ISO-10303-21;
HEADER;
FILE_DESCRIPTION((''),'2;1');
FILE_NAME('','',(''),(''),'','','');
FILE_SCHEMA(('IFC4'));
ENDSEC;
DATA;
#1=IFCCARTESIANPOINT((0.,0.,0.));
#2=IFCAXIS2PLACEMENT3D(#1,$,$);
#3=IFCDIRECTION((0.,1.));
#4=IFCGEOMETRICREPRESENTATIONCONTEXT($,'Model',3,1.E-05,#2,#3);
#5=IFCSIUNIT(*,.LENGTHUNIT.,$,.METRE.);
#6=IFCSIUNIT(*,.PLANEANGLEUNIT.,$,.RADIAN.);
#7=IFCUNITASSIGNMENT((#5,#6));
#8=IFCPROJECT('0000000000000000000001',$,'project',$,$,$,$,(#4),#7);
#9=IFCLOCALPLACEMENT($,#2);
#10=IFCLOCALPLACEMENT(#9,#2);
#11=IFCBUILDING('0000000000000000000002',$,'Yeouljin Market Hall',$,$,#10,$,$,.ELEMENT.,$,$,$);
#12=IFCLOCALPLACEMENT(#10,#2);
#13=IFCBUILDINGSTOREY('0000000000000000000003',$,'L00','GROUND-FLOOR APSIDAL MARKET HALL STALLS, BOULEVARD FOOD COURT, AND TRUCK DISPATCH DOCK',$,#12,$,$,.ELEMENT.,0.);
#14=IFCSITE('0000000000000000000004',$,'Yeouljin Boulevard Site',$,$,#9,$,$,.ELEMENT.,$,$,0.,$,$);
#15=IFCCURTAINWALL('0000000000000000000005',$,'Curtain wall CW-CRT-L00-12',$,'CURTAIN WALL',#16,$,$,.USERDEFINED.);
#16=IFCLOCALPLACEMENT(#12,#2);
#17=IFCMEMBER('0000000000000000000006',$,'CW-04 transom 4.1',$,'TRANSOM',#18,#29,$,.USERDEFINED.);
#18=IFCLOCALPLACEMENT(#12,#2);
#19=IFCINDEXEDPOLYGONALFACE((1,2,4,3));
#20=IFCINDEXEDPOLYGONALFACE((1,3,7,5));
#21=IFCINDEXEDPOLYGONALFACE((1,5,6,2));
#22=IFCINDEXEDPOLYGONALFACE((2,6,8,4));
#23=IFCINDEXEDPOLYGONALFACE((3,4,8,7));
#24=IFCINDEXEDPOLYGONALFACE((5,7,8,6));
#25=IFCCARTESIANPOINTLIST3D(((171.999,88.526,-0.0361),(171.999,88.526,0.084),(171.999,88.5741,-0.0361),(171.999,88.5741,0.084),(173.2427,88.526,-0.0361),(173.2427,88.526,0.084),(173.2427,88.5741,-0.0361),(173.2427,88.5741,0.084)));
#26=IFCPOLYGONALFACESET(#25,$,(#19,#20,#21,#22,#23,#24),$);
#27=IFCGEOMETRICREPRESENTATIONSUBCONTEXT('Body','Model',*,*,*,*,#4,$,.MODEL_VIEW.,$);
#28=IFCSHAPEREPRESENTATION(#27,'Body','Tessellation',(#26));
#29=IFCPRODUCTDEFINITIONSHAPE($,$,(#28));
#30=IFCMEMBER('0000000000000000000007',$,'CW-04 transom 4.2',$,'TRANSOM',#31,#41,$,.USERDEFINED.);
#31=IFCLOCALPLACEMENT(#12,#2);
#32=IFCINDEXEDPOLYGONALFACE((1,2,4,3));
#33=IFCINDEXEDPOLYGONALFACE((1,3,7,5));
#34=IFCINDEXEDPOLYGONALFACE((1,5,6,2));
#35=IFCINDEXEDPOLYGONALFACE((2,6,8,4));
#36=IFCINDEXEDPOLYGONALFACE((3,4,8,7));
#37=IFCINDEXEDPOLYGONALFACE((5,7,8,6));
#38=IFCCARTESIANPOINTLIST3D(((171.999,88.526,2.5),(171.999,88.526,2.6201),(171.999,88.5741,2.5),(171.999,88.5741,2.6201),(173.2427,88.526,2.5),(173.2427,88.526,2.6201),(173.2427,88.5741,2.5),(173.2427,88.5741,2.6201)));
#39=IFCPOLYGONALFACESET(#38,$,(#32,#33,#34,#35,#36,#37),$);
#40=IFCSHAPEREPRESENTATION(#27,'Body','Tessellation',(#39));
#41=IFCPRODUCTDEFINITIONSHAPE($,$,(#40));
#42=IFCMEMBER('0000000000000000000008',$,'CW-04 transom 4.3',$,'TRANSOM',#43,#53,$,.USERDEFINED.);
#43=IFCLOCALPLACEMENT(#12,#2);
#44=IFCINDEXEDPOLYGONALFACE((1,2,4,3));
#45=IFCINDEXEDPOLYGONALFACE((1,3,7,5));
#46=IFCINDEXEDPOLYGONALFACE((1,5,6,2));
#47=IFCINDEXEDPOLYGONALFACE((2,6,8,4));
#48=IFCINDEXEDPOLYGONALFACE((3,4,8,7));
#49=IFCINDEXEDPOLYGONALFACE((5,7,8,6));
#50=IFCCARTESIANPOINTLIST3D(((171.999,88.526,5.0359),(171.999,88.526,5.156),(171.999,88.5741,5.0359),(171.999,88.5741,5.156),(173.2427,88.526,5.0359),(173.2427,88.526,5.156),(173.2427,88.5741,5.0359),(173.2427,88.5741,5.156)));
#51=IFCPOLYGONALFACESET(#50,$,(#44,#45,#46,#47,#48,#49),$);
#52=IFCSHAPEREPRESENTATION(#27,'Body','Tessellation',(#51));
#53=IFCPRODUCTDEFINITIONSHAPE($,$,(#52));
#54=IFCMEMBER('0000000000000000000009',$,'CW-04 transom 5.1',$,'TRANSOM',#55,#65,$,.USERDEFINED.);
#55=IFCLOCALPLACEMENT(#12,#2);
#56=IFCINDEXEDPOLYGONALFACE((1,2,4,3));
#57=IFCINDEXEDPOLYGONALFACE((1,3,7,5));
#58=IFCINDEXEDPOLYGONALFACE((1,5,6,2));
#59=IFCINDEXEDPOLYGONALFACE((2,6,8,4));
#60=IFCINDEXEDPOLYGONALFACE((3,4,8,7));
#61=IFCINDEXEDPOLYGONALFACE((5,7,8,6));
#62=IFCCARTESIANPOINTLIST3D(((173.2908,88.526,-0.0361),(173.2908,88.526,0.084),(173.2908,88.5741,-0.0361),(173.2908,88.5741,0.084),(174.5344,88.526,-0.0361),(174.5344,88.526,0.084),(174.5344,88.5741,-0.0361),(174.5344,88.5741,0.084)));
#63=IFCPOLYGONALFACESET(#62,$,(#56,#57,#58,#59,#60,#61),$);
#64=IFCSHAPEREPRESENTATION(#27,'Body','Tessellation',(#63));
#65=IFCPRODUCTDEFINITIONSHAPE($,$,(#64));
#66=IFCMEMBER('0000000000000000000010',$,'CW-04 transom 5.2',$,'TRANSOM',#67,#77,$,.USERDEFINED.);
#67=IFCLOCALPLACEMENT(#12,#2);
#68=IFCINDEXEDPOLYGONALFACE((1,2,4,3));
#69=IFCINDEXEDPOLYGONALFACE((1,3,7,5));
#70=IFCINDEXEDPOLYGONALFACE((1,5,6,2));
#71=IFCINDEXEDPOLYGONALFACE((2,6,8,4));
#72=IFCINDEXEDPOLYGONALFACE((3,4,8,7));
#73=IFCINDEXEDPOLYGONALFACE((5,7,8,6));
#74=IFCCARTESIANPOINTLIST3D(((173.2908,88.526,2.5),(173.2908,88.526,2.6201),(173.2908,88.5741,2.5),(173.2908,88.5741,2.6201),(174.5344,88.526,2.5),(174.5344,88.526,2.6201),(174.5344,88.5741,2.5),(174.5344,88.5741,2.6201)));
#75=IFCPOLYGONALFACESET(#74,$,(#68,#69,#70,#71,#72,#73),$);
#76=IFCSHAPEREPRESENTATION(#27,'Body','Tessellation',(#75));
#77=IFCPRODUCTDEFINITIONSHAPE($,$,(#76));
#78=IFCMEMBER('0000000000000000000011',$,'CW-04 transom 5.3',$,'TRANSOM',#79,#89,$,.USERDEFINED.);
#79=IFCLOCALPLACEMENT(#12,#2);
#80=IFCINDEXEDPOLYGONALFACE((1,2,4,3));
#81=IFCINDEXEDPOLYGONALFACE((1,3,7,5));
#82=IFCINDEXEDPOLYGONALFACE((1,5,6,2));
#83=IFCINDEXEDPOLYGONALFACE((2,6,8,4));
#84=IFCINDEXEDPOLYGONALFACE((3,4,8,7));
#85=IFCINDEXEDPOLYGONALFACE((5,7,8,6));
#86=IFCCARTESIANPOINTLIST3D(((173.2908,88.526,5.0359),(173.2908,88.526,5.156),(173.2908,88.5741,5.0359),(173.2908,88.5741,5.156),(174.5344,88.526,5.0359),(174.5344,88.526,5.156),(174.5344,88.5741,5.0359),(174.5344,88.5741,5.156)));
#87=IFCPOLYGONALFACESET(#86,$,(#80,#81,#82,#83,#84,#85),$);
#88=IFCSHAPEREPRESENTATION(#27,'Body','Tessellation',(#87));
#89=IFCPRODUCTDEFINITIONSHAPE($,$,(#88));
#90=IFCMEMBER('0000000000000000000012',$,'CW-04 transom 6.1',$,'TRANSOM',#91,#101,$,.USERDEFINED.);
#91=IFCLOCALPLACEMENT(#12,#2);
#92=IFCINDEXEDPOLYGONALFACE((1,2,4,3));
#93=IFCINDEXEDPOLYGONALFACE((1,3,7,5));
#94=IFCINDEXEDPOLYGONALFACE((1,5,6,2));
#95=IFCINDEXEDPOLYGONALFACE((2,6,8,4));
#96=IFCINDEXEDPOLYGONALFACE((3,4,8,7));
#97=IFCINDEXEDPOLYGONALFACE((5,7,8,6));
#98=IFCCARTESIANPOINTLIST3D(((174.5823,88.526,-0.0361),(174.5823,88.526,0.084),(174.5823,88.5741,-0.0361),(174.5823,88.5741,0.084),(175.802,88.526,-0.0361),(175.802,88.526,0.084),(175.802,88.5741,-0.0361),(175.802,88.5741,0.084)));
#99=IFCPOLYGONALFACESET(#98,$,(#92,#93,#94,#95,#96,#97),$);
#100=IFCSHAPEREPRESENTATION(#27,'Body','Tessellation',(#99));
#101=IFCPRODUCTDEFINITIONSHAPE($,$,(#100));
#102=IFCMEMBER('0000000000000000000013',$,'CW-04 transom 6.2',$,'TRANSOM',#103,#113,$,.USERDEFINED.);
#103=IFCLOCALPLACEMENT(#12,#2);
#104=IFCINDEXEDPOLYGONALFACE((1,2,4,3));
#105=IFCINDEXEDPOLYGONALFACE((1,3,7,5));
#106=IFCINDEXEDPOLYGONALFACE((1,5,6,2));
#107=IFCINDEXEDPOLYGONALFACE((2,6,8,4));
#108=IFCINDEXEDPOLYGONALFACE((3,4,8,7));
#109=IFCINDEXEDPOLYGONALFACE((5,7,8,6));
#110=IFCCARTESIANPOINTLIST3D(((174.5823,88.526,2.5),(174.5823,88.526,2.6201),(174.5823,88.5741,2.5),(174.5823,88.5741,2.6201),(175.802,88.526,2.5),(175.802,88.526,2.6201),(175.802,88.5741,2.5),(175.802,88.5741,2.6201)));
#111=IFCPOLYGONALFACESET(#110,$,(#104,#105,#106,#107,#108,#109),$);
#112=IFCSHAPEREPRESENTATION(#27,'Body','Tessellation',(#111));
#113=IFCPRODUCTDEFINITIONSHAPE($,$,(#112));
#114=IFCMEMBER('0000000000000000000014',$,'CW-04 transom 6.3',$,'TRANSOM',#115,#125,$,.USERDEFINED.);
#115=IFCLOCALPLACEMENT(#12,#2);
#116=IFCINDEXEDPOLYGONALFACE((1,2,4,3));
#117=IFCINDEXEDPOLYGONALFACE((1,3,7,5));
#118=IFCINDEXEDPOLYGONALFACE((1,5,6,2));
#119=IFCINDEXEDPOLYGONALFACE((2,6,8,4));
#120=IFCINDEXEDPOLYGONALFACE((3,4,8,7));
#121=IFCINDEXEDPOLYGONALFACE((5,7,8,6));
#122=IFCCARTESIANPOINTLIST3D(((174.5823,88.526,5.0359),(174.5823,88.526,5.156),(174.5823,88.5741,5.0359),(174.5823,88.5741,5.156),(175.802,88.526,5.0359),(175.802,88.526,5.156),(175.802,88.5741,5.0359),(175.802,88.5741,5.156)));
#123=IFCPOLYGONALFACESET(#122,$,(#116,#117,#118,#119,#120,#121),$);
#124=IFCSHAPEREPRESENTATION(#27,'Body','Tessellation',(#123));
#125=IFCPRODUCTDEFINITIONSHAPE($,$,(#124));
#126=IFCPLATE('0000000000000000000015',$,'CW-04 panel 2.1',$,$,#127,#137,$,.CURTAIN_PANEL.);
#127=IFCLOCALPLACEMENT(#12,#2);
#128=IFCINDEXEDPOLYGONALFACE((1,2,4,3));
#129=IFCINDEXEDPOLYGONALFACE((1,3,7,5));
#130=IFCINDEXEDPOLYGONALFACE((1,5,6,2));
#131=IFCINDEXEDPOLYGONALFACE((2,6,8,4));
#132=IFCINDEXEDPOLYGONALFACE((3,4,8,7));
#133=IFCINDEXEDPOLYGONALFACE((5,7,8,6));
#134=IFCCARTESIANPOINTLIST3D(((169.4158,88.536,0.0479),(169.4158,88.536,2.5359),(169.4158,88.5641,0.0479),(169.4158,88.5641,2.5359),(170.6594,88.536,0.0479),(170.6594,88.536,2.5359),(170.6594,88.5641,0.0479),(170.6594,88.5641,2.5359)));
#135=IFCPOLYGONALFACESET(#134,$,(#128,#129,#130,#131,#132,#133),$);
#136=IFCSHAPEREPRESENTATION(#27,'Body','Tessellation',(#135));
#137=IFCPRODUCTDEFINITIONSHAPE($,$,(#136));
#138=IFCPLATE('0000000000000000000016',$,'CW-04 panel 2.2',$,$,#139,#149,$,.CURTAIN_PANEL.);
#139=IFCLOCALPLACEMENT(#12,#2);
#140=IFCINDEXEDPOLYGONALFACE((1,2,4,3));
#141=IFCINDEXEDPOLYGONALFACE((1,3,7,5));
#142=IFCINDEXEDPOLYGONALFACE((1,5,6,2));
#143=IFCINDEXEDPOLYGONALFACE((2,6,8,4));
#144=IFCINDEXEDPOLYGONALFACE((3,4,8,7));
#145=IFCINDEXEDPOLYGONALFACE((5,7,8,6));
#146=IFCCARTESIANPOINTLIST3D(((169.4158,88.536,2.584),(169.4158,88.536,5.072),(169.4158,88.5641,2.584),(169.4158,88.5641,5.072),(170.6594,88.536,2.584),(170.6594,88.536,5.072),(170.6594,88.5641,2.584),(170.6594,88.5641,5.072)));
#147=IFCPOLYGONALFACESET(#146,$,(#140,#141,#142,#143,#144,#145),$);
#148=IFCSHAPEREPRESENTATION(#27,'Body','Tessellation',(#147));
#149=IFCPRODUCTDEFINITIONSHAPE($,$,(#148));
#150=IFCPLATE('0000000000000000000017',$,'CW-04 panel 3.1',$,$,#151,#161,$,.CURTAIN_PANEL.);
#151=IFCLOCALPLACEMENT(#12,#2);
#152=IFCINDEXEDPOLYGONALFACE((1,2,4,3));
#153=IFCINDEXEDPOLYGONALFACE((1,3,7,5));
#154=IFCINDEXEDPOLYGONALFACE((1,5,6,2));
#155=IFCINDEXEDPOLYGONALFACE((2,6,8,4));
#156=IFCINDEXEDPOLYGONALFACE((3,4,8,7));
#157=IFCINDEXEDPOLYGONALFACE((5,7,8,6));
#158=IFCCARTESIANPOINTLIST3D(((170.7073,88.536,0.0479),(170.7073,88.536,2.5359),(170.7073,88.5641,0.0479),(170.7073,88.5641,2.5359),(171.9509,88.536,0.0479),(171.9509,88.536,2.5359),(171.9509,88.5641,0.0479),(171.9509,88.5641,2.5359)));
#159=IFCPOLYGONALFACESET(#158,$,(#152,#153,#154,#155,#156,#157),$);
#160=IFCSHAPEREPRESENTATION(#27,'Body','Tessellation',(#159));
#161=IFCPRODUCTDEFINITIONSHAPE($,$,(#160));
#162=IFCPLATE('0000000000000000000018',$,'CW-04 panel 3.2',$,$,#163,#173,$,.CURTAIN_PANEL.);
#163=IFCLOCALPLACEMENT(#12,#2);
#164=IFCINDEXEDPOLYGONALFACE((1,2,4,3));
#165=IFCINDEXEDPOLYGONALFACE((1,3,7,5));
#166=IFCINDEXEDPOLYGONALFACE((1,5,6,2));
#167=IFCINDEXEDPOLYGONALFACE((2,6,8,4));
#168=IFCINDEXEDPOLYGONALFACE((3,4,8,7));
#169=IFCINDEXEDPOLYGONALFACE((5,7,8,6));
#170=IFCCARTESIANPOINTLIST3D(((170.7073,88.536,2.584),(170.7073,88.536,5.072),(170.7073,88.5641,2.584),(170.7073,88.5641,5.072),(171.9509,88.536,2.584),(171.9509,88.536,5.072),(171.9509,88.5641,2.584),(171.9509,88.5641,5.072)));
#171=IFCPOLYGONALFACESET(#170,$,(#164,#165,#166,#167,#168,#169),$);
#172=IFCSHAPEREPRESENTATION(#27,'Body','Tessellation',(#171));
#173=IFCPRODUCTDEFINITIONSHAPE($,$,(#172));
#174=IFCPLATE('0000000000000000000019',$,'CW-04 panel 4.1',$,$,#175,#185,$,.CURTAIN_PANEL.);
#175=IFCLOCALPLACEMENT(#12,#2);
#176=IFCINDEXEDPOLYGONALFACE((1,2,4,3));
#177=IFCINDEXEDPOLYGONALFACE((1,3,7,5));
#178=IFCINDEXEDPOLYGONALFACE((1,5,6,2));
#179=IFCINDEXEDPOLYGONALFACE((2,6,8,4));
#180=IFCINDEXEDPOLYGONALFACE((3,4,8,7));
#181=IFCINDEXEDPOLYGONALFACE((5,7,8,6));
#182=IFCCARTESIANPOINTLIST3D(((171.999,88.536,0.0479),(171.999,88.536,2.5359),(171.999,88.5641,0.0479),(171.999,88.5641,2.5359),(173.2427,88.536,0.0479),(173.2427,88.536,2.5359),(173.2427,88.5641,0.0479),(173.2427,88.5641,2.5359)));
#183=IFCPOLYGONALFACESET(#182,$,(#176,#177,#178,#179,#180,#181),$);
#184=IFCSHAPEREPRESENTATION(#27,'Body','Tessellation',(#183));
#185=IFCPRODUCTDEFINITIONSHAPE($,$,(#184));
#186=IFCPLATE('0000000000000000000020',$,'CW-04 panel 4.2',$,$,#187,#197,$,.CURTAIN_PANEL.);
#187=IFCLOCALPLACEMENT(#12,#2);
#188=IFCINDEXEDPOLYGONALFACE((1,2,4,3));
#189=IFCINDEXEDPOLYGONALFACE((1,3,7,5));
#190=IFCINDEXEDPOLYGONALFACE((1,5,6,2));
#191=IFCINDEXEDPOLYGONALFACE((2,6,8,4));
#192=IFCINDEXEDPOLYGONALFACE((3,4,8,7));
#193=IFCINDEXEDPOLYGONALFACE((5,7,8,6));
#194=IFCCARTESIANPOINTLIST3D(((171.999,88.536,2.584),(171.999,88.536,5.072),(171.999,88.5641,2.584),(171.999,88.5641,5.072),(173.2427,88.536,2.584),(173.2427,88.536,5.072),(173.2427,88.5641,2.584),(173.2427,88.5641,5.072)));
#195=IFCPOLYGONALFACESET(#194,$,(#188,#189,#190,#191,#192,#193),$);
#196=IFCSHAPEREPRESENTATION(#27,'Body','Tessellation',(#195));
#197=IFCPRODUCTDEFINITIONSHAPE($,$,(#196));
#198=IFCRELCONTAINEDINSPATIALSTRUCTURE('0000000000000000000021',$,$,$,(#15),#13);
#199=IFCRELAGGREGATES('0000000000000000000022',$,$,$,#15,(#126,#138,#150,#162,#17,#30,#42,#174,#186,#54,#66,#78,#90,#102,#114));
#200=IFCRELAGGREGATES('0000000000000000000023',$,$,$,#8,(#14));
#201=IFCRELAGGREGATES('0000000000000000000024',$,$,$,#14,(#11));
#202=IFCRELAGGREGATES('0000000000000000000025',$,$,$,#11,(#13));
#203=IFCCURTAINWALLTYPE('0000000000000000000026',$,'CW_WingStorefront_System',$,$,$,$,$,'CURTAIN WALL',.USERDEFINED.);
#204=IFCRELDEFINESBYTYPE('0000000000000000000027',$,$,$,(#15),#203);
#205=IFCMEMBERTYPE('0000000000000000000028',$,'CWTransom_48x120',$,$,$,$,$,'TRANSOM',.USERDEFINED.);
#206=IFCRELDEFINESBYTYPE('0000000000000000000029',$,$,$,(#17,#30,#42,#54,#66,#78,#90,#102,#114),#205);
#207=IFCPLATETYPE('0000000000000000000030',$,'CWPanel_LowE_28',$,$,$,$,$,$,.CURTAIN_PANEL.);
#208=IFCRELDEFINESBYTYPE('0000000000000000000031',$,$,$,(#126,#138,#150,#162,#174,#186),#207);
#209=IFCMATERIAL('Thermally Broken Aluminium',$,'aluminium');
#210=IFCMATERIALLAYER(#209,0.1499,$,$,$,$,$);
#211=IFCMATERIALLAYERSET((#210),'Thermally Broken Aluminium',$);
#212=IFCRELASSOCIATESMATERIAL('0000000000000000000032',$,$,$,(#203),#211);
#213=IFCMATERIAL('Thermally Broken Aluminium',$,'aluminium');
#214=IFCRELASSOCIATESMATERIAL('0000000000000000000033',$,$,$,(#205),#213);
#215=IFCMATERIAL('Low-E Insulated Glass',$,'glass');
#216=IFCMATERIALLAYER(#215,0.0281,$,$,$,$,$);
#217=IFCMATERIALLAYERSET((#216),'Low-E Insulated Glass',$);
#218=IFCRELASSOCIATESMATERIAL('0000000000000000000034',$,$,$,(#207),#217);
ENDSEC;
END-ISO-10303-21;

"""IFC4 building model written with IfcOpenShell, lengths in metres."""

from ifc_helpers import new_model, si_unit, direction, frame, origin, origin_2d, place, context, subcontext, project, spatial, rectangle, extrude, material, layer, layer_set, material_profile, profile_set, type_object, element, aggregate, save


model = new_model("IFC4")

# Units and contexts
model_context = context("Model", 3, precision=1e-05, world=origin(), true_north=direction((0.0, 1.0)))
body_context = subcontext(model_context, "Body", "Model", "MODEL_VIEW")
ifc_project = project(units=[si_unit("LENGTHUNIT", "METRE"), si_unit("PLANEANGLEUNIT", "RADIAN")], contexts=[model_context])

# Site, building, storey
site_placement = place(None, origin())
site = spatial("IfcSite", under=ifc_project, at=site_placement, Name="Yeouljin Boulevard Site", CompositionType="ELEMENT", RefElevation=0.0)
building_placement = place(site_placement, origin())
building = spatial("IfcBuilding", under=site, at=building_placement, Name="Yeouljin Market Hall", CompositionType="ELEMENT")
storey_placement = place(building_placement, origin())
storey = spatial("IfcBuildingStorey", under=building, at=storey_placement, Name="L00", Description="GROUND-FLOOR APSIDAL MARKET HALL STALLS, BOULEVARD FOOD COURT, AND TRUCK DISPATCH DOCK", CompositionType="ELEMENT", Elevation=0.0)

# Curtain wall, members, plates
ifc_material_1 = material(Name="Thermally Broken Aluminium", Category="aluminium")
ifc_layer_1 = layer(ifc_material_1, 0.1499)
ifc_layer_set_1 = layer_set([ifc_layer_1], Name="Thermally Broken Aluminium")
curtain_wall_type = type_object("IfcCurtainWallType", Name="CW_WingStorefront_System", ElementType="CURTAIN WALL", PredefinedType="USERDEFINED", material=ifc_layer_set_1)
curtain_wall_placement = place(storey_placement, origin())
curtain_wall = element("IfcCurtainWall", 1, at=curtain_wall_placement, inside=storey, type_object=curtain_wall_type, Name="Curtain wall CW-CRT-L00-12", ObjectType="CURTAIN WALL", PredefinedType="USERDEFINED")
ifc_material_2 = material(Name="Thermally Broken Aluminium", Category="aluminium")
ifc_material_profile_1 = material_profile(ifc_material_2, rectangle(XDim=0.0481, YDim=0.1201, at=origin_2d()), Name="CW-TRAN-48x120")
ifc_profile_set_1 = profile_set([ifc_material_profile_1], Name="Thermally Broken Aluminium")
member_type_1 = type_object("IfcMemberType", Name="CWTransom_48x120", ElementType="TRANSOM", PredefinedType="USERDEFINED", material=ifc_profile_set_1)
member_1_placement = place(storey_placement, frame((171.999, 88.55, 0.0239), z_axis=(1.0, 0.0, 0.0), x_axis=(0.0, 1.0, 0.0)))
member_1 = element("IfcMember", 2, at=member_1_placement, type_object=member_type_1, Name="CW-04 transom 4.1", ObjectType="TRANSOM", PredefinedType="USERDEFINED", context=body_context, shape_type="SweptSolid", body=[
    extrude(rectangle(XDim=0.0481, YDim=0.1201, at=origin_2d()), origin(), (0.0, 0.0, 1.0), 1.2437),
])
member_2_placement = place(storey_placement, frame((171.999, 88.55, 2.5601), z_axis=(1.0, 0.0, 0.0), x_axis=(0.0, 1.0, 0.0)))
member_2 = element("IfcMember", 3, at=member_2_placement, type_object=member_type_1, Name="CW-04 transom 4.2", ObjectType="TRANSOM", PredefinedType="USERDEFINED", context=body_context, shape_type="SweptSolid", body=[
    extrude(rectangle(XDim=0.0481, YDim=0.1201, at=origin_2d()), origin(), (0.0, 0.0, 1.0), 1.2437),
])
member_3_placement = place(storey_placement, frame((171.999, 88.55, 5.0959), z_axis=(1.0, 0.0, 0.0), x_axis=(0.0, 1.0, 0.0)))
member_3 = element("IfcMember", 4, at=member_3_placement, type_object=member_type_1, Name="CW-04 transom 4.3", ObjectType="TRANSOM", PredefinedType="USERDEFINED", context=body_context, shape_type="SweptSolid", body=[
    extrude(rectangle(XDim=0.0481, YDim=0.1201, at=origin_2d()), origin(), (0.0, 0.0, 1.0), 1.2437),
])
member_4_placement = place(storey_placement, frame((173.2908, 88.55, 0.0239), z_axis=(1.0, 0.0, 0.0), x_axis=(0.0, 1.0, 0.0)))
member_4 = element("IfcMember", 5, at=member_4_placement, type_object=member_type_1, Name="CW-04 transom 5.1", ObjectType="TRANSOM", PredefinedType="USERDEFINED", context=body_context, shape_type="SweptSolid", body=[
    extrude(rectangle(XDim=0.0481, YDim=0.1201, at=origin_2d()), origin(), (0.0, 0.0, 1.0), 1.2437),
])
member_5_placement = place(storey_placement, frame((173.2908, 88.55, 2.5601), z_axis=(1.0, 0.0, 0.0), x_axis=(0.0, 1.0, 0.0)))
member_5 = element("IfcMember", 6, at=member_5_placement, type_object=member_type_1, Name="CW-04 transom 5.2", ObjectType="TRANSOM", PredefinedType="USERDEFINED", context=body_context, shape_type="SweptSolid", body=[
    extrude(rectangle(XDim=0.0481, YDim=0.1201, at=origin_2d()), origin(), (0.0, 0.0, 1.0), 1.2437),
])
member_6_placement = place(storey_placement, frame((173.2908, 88.55, 5.0959), z_axis=(1.0, 0.0, 0.0), x_axis=(0.0, 1.0, 0.0)))
member_6 = element("IfcMember", 7, at=member_6_placement, type_object=member_type_1, Name="CW-04 transom 5.3", ObjectType="TRANSOM", PredefinedType="USERDEFINED", context=body_context, shape_type="SweptSolid", body=[
    extrude(rectangle(XDim=0.0481, YDim=0.1201, at=origin_2d()), origin(), (0.0, 0.0, 1.0), 1.2437),
])
member_7_placement = place(storey_placement, frame((174.5823, 88.55, 0.0239), z_axis=(1.0, 0.0, 0.0), x_axis=(0.0, 1.0, 0.0)))
member_7 = element("IfcMember", 8, at=member_7_placement, type_object=member_type_1, Name="CW-04 transom 6.1", ObjectType="TRANSOM", PredefinedType="USERDEFINED", context=body_context, shape_type="SweptSolid", body=[
    extrude(rectangle(XDim=0.0481, YDim=0.1201, at=origin_2d()), origin(), (0.0, 0.0, 1.0), 1.2197),
])
member_8_placement = place(storey_placement, frame((174.5823, 88.55, 2.5601), z_axis=(1.0, 0.0, 0.0), x_axis=(0.0, 1.0, 0.0)))
member_8 = element("IfcMember", 9, at=member_8_placement, type_object=member_type_1, Name="CW-04 transom 6.2", ObjectType="TRANSOM", PredefinedType="USERDEFINED", context=body_context, shape_type="SweptSolid", body=[
    extrude(rectangle(XDim=0.0481, YDim=0.1201, at=origin_2d()), origin(), (0.0, 0.0, 1.0), 1.2197),
])
member_9_placement = place(storey_placement, frame((174.5823, 88.55, 5.0959), z_axis=(1.0, 0.0, 0.0), x_axis=(0.0, 1.0, 0.0)))
member_9 = element("IfcMember", 10, at=member_9_placement, type_object=member_type_1, Name="CW-04 transom 6.3", ObjectType="TRANSOM", PredefinedType="USERDEFINED", context=body_context, shape_type="SweptSolid", body=[
    extrude(rectangle(XDim=0.0481, YDim=0.1201, at=origin_2d()), origin(), (0.0, 0.0, 1.0), 1.2197),
])
ifc_material_3 = material(Name="Low-E Insulated Glass", Category="glass")
ifc_layer_2 = layer(ifc_material_3, 0.0281)
ifc_layer_set_2 = layer_set([ifc_layer_2], Name="Low-E Insulated Glass")
plate_type = type_object("IfcPlateType", Name="CWPanel_LowE_28", PredefinedType="CURTAIN_PANEL", material=ifc_layer_set_2)
plate_1_placement = place(storey_placement, frame((170.0376, 88.55, 0.0479), z_axis=(0.0, 0.0, 1.0), x_axis=(1.0, 0.0, 0.0)))
plate_1 = element("IfcPlate", 11, at=plate_1_placement, type_object=plate_type, Name="CW-04 panel 2.1", PredefinedType="CURTAIN_PANEL", context=body_context, shape_type="SweptSolid", body=[
    extrude(rectangle(XDim=1.2437, YDim=0.0281, at=origin_2d()), origin(), (0.0, 0.0, 1.0), 2.488),
])
plate_2_placement = place(storey_placement, frame((170.0376, 88.55, 2.584), z_axis=(0.0, 0.0, 1.0), x_axis=(1.0, 0.0, 0.0)))
plate_2 = element("IfcPlate", 12, at=plate_2_placement, type_object=plate_type, Name="CW-04 panel 2.2", PredefinedType="CURTAIN_PANEL", context=body_context, shape_type="SweptSolid", body=[
    extrude(rectangle(XDim=1.2437, YDim=0.0281, at=origin_2d()), origin(), (0.0, 0.0, 1.0), 2.488),
])
plate_3_placement = place(storey_placement, frame((171.3291, 88.55, 0.0479), z_axis=(0.0, 0.0, 1.0), x_axis=(1.0, 0.0, 0.0)))
plate_3 = element("IfcPlate", 13, at=plate_3_placement, type_object=plate_type, Name="CW-04 panel 3.1", PredefinedType="CURTAIN_PANEL", context=body_context, shape_type="SweptSolid", body=[
    extrude(rectangle(XDim=1.2437, YDim=0.0281, at=origin_2d()), origin(), (0.0, 0.0, 1.0), 2.488),
])
plate_4_placement = place(storey_placement, frame((171.3291, 88.55, 2.584), z_axis=(0.0, 0.0, 1.0), x_axis=(1.0, 0.0, 0.0)))
plate_4 = element("IfcPlate", 14, at=plate_4_placement, type_object=plate_type, Name="CW-04 panel 3.2", PredefinedType="CURTAIN_PANEL", context=body_context, shape_type="SweptSolid", body=[
    extrude(rectangle(XDim=1.2437, YDim=0.0281, at=origin_2d()), origin(), (0.0, 0.0, 1.0), 2.488),
])
plate_5_placement = place(storey_placement, frame((172.6208, 88.55, 0.0479), z_axis=(0.0, 0.0, 1.0), x_axis=(1.0, 0.0, 0.0)))
plate_5 = element("IfcPlate", 15, at=plate_5_placement, type_object=plate_type, Name="CW-04 panel 4.1", PredefinedType="CURTAIN_PANEL", context=body_context, shape_type="SweptSolid", body=[
    extrude(rectangle(XDim=1.2437, YDim=0.0281, at=origin_2d()), origin(), (0.0, 0.0, 1.0), 2.488),
])
plate_6_placement = place(storey_placement, frame((172.6208, 88.55, 2.584), z_axis=(0.0, 0.0, 1.0), x_axis=(1.0, 0.0, 0.0)))
plate_6 = element("IfcPlate", 16, at=plate_6_placement, type_object=plate_type, Name="CW-04 panel 4.2", PredefinedType="CURTAIN_PANEL", context=body_context, shape_type="SweptSolid", body=[
    extrude(rectangle(XDim=1.2437, YDim=0.0281, at=origin_2d()), origin(), (0.0, 0.0, 1.0), 2.488),
])
aggregate(curtain_wall, [plate_1, plate_2, plate_3, plate_4, member_1, member_2, member_3, plate_5, plate_6, member_4, member_5, member_6, member_7, member_8, member_9])

save(model, "model.ifc")
